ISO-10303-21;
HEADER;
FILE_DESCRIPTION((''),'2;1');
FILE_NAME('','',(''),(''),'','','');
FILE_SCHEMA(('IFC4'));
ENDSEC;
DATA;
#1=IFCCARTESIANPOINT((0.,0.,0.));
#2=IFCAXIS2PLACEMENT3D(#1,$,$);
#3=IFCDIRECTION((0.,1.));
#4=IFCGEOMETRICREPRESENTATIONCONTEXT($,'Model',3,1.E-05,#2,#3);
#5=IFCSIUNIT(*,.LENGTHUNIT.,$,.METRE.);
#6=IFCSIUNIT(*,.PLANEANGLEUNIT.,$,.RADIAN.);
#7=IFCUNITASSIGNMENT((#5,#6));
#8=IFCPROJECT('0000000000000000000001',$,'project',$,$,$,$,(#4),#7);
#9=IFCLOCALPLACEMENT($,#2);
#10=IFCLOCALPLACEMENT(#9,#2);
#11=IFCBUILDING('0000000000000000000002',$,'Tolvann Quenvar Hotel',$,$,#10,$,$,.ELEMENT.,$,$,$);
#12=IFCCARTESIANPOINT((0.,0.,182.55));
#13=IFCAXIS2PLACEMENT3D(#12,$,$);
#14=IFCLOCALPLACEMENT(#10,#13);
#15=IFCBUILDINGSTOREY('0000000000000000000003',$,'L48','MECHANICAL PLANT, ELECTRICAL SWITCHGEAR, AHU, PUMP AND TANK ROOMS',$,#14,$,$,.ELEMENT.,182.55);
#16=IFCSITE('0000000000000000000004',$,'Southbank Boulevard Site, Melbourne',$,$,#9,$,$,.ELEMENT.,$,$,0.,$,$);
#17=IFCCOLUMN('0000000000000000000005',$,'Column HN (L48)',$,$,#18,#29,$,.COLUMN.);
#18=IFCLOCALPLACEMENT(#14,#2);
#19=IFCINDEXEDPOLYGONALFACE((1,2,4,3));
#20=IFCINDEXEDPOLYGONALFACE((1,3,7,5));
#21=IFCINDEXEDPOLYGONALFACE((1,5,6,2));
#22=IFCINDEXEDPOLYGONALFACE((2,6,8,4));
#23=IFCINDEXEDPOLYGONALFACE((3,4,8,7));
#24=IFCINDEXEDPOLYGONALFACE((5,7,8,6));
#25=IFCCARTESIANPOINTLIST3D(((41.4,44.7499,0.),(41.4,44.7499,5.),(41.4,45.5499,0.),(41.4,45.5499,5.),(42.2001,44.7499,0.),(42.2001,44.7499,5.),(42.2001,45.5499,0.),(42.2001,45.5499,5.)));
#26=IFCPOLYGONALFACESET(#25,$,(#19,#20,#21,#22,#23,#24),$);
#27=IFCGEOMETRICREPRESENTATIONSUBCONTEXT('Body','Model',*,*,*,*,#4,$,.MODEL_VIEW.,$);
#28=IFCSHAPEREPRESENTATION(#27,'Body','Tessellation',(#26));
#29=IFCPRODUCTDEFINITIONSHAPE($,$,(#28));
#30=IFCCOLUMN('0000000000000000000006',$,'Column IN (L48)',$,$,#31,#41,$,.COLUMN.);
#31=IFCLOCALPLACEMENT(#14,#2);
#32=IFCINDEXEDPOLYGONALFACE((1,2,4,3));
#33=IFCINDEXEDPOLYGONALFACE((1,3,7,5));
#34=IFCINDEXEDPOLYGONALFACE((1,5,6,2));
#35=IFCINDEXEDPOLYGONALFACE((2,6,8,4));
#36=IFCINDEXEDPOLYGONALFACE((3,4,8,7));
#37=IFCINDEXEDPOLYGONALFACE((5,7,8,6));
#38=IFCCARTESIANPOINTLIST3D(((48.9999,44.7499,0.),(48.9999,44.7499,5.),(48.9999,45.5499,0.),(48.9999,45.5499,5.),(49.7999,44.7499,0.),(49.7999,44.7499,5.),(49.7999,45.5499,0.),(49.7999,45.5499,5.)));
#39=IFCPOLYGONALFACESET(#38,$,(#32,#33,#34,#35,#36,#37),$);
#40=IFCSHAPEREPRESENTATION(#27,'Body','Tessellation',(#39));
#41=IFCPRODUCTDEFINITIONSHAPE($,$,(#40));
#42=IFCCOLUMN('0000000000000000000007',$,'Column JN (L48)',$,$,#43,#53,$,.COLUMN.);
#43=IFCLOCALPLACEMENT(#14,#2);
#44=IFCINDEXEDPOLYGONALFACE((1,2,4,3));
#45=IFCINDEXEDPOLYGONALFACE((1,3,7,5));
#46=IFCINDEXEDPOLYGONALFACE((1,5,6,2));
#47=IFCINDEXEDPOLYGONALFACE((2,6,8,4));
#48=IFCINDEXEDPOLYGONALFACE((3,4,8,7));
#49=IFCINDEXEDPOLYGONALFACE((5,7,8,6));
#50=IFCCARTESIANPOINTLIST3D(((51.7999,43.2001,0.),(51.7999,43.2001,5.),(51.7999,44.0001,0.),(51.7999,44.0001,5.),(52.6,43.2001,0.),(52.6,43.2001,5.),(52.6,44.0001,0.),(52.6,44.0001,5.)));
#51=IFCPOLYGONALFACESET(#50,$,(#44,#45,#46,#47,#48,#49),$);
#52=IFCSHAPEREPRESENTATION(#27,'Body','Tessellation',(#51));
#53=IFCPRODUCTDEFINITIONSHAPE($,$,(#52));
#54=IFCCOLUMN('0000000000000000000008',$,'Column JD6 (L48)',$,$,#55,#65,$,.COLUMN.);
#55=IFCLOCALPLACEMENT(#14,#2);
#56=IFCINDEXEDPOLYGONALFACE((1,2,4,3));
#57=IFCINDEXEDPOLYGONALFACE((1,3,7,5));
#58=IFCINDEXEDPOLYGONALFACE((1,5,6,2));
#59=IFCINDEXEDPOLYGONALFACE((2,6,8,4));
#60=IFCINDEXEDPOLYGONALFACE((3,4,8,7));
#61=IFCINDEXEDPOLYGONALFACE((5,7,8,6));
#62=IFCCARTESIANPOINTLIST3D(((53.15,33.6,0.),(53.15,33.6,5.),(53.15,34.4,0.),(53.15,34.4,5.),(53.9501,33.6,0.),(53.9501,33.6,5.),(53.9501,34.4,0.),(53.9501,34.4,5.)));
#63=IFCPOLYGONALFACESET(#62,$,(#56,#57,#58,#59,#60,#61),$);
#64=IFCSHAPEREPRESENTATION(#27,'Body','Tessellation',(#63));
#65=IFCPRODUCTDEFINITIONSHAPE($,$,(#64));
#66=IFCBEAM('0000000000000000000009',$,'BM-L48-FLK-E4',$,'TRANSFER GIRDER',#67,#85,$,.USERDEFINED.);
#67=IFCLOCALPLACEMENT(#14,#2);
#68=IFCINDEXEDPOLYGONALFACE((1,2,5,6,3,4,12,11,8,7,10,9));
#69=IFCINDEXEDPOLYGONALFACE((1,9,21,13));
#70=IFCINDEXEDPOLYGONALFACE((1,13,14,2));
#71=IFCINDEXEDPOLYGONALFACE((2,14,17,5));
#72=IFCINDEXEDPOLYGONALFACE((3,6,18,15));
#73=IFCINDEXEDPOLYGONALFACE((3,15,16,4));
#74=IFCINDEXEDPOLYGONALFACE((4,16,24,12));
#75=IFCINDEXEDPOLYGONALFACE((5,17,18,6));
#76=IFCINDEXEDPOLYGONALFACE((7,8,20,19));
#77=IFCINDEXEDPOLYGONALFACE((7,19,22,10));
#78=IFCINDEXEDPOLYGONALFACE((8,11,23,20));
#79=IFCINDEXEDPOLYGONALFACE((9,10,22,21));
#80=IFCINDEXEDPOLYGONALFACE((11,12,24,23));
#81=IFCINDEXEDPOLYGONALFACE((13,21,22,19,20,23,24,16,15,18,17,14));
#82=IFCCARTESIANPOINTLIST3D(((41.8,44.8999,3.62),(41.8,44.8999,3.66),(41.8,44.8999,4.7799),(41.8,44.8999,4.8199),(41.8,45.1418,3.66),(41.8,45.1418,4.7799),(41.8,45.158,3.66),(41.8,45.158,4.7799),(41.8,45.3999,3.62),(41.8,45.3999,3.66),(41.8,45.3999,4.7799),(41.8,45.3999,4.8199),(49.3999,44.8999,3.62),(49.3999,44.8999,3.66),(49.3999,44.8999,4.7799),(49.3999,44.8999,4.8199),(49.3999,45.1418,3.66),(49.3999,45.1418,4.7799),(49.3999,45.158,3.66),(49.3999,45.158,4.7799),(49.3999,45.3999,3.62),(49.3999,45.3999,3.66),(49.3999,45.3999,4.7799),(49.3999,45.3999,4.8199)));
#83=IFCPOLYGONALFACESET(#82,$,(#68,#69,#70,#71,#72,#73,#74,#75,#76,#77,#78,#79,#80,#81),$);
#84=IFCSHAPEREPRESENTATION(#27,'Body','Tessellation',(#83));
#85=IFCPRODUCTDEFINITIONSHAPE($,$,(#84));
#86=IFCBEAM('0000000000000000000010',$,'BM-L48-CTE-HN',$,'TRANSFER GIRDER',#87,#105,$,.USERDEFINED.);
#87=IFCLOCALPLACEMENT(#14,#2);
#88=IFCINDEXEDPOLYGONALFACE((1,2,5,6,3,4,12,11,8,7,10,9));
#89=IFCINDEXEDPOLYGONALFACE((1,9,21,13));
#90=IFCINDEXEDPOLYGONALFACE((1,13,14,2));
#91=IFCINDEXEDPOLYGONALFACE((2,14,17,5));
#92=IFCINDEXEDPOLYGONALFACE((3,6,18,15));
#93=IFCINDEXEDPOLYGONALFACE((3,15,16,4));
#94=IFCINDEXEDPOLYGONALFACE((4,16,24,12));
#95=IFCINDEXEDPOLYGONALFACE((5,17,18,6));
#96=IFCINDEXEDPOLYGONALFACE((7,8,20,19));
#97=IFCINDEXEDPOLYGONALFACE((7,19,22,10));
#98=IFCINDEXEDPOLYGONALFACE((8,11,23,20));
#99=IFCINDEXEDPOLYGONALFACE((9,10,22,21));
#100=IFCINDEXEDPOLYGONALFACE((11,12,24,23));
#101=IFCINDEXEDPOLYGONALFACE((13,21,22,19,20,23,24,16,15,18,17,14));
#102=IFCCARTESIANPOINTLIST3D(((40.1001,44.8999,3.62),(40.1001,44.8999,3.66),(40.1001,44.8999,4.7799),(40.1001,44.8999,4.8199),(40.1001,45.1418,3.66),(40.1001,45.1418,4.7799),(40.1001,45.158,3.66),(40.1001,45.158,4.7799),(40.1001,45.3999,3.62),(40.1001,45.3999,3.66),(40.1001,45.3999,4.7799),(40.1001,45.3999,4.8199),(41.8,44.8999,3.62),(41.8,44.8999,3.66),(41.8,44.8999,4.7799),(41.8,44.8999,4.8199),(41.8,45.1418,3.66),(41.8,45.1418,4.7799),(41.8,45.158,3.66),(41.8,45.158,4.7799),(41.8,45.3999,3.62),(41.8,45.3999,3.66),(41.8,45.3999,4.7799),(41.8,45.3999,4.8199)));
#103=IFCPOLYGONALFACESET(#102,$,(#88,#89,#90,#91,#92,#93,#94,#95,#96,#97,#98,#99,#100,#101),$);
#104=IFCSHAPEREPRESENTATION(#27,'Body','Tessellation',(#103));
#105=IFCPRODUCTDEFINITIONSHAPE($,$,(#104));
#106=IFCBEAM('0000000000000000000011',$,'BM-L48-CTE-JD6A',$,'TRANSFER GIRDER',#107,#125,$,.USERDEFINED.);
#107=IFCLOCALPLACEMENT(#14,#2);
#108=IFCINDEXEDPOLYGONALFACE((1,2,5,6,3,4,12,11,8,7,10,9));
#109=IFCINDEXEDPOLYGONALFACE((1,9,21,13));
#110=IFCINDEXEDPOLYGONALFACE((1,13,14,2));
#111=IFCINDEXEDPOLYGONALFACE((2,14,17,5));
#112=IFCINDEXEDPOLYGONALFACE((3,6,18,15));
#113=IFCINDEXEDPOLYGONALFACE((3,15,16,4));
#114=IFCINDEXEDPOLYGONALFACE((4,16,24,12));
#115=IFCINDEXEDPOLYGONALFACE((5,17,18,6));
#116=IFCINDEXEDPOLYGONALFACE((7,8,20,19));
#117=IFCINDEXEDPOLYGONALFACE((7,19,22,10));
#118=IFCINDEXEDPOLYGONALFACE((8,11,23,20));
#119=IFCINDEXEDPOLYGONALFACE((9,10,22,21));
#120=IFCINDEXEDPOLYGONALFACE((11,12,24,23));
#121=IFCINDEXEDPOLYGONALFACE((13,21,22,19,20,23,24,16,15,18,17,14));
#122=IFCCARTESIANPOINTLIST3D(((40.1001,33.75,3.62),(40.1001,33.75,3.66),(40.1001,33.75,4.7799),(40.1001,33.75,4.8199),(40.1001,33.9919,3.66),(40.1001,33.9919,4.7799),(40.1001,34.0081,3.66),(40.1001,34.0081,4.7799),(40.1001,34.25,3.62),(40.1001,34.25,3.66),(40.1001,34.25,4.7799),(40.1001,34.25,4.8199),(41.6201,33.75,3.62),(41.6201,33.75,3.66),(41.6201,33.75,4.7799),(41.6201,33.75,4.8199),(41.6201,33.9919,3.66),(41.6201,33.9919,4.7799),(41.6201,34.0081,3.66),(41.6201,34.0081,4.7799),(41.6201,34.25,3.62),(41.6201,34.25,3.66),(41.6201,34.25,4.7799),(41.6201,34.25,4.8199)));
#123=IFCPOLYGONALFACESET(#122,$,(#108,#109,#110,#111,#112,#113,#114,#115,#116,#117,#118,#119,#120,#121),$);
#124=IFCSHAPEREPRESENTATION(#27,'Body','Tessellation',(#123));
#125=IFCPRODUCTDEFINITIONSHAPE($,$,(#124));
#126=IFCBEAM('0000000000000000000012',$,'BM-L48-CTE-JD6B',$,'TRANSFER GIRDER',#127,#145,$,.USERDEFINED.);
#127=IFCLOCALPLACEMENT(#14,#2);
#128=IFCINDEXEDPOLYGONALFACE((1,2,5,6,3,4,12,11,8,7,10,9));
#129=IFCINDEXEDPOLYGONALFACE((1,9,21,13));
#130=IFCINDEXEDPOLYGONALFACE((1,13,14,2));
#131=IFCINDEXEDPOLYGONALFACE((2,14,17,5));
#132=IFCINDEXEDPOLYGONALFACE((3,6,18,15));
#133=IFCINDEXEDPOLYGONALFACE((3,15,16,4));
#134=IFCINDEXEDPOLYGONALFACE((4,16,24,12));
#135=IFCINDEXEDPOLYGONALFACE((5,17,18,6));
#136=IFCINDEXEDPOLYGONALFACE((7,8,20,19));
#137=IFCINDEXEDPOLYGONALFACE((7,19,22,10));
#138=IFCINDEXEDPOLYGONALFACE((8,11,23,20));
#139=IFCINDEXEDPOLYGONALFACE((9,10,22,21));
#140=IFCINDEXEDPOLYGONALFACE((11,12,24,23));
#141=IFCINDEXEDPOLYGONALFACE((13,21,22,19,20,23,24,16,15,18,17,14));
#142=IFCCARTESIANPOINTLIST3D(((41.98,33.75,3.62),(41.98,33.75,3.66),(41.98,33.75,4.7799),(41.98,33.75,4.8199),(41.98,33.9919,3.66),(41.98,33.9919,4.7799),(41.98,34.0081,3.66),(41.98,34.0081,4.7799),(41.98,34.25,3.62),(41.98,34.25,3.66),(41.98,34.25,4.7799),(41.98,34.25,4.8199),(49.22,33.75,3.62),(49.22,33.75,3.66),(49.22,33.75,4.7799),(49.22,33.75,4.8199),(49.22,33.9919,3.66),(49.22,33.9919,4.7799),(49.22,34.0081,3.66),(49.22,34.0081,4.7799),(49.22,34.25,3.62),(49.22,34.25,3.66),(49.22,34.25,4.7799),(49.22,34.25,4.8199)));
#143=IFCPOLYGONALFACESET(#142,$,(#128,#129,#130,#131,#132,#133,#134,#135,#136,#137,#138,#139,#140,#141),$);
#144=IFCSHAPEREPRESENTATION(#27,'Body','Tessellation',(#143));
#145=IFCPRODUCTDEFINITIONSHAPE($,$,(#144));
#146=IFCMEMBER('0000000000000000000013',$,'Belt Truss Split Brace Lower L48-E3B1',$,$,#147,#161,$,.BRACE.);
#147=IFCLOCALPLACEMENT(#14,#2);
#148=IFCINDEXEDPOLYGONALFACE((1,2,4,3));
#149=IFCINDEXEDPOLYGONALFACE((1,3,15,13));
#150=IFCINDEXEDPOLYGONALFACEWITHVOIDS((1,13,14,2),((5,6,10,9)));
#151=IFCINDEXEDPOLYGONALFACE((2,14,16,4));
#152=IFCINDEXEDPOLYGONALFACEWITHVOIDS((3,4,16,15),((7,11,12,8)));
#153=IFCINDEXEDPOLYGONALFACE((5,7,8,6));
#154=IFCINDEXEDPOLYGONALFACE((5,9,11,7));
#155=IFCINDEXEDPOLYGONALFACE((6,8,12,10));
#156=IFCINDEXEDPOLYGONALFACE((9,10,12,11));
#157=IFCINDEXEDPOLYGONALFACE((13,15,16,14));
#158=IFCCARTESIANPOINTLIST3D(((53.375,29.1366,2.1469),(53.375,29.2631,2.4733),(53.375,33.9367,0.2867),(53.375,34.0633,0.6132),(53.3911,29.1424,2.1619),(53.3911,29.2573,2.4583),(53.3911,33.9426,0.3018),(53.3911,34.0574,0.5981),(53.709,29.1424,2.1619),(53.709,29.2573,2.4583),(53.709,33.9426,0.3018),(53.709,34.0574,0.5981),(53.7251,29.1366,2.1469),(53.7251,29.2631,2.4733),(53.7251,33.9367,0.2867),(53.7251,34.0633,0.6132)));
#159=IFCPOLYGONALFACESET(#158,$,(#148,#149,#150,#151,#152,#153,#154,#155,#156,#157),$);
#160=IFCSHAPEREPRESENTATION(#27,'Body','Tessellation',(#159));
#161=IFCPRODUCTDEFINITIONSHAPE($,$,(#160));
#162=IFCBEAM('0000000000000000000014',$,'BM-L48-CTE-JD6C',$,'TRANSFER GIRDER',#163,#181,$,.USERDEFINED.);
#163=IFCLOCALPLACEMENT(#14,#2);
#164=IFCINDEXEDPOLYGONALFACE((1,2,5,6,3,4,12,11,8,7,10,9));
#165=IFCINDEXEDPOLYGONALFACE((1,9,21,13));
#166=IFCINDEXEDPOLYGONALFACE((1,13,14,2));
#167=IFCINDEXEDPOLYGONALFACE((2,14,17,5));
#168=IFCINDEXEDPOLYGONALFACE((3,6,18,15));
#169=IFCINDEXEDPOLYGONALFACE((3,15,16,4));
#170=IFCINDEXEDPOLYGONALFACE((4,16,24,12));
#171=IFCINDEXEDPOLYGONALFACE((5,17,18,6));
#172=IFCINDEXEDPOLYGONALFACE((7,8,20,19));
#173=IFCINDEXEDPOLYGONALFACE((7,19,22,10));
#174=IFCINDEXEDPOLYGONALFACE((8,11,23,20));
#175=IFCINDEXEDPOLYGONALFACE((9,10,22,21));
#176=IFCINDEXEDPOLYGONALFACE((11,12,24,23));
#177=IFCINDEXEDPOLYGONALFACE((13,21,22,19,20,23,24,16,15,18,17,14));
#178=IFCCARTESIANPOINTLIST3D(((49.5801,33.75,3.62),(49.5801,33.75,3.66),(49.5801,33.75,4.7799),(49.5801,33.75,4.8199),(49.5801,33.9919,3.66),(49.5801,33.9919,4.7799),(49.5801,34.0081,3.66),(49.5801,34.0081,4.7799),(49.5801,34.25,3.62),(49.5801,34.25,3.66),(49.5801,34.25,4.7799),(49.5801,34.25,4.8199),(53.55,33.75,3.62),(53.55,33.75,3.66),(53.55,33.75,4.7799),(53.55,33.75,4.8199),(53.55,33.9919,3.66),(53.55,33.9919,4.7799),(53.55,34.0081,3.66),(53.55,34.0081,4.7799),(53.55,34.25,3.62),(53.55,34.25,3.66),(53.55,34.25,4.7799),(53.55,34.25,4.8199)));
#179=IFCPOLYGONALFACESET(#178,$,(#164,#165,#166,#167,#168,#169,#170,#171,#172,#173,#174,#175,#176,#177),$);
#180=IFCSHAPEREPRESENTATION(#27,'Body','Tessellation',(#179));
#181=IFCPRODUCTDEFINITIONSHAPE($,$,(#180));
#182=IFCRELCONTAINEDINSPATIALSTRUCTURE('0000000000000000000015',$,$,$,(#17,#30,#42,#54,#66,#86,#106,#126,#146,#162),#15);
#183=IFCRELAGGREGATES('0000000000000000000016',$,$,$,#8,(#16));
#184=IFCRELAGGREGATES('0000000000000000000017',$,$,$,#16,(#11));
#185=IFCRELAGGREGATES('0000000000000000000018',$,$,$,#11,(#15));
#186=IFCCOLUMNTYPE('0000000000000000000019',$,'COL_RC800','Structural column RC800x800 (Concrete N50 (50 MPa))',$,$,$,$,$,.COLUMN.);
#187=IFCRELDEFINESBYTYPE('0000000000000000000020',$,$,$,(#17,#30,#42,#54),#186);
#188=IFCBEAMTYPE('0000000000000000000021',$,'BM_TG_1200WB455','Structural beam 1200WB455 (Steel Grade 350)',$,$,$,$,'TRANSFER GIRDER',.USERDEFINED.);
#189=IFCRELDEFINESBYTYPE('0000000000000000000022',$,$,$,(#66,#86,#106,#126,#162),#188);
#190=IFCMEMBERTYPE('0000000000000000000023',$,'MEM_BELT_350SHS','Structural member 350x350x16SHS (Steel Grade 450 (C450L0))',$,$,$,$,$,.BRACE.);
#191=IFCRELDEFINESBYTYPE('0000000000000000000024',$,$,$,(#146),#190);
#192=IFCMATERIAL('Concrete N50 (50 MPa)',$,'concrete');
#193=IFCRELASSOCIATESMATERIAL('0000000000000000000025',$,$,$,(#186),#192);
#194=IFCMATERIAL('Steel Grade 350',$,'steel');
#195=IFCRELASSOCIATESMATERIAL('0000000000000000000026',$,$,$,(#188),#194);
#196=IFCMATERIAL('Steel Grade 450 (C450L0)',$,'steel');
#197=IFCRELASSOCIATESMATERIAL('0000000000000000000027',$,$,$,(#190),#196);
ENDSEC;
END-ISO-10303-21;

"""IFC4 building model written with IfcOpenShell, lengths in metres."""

from ifc_helpers import new_model, si_unit, direction, frame, origin, origin_2d, place, context, subcontext, project, spatial, rectangle, hollow_rectangle, i_section, extrude, source, transform, mapped, material, material_profile, profile_set, type_object, type_shapes, element, save


model = new_model("IFC4")

# Units and contexts
model_context = context("Model", 3, precision=1e-05, world=origin(), true_north=direction((0.0, 1.0)))
body_context = subcontext(model_context, "Body", "Model", "MODEL_VIEW")
ifc_project = project(units=[si_unit("LENGTHUNIT", "METRE"), si_unit("PLANEANGLEUNIT", "RADIAN")], contexts=[model_context])

# Site, building, storey
site_placement = place(None, origin())
site = spatial("IfcSite", under=ifc_project, at=site_placement, Name="Southbank Boulevard Site, Melbourne", CompositionType="ELEMENT", RefElevation=0.0)
building_placement = place(site_placement, origin())
building = spatial("IfcBuilding", under=site, at=building_placement, Name="Tolvann Quenvar Hotel", CompositionType="ELEMENT")
storey_placement = place(building_placement, frame((0.0, 0.0, 182.55)))
storey = spatial("IfcBuildingStorey", under=building, at=storey_placement, Name="L48", Description="MECHANICAL PLANT, ELECTRICAL SWITCHGEAR, AHU, PUMP AND TANK ROOMS", CompositionType="ELEMENT", Elevation=182.55)

# Columns
ifc_material_1 = material(Name="Concrete N50 (50 MPa)", Category="concrete")
ifc_material_profile_1 = material_profile(ifc_material_1, rectangle(XDim=0.8, YDim=0.8, at=origin_2d()), Name="RC800x800")
ifc_profile_set_1 = profile_set([ifc_material_profile_1], Name="Concrete N50 (50 MPa)")
column_type = type_object("IfcColumnType", Name="COL_RC800", Description="Structural column RC800x800 (Concrete N50 (50 MPa))", PredefinedType="COLUMN", material=ifc_profile_set_1)
shared_shape_1 = source(origin(), body_context, "Body", "SweptSolid", [
    extrude(rectangle(XDim=0.8, YDim=0.8, at=origin_2d()), origin(), (0.0, 0.0, 1.0), 5.0),
])
type_shapes(column_type, [shared_shape_1])
for number, where, z_axis, x_axis, name in (
    (1, (41.8, 45.1499, 0.0), (0.0, 0.0, 1.0), (1.0, 0.0, 0.0), "Column HN (L48)"),
    (2, (49.3999, 45.1499, 0.0), (0.0, 0.0, 1.0), (1.0, 0.0, 0.0), "Column IN (L48)"),
    (3, (52.2, 43.6001, 0.0), (0.0, 0.0, 1.0), (1.0, 0.0, 0.0), "Column JN (L48)"),
    (4, (53.55, 34.0, 0.0), (0.0, 0.0, 1.0), (1.0, 0.0, 0.0), "Column JD6 (L48)"),
):
    element("IfcColumn", number, at=place(storey_placement, frame(where, z_axis=z_axis, x_axis=x_axis)), inside=storey, type_object=column_type, Name=name, PredefinedType="COLUMN", context=body_context, shape_type="MappedRepresentation", body=[
        mapped(shared_shape_1, transform((0.0, 0.0, 0.0), x_axis=(1.0, 0.0, 0.0), y_axis=(0.0, 1.0, 0.0), z_axis=(0.0, 0.0, 1.0), scale=1.0)),
    ])

# Beams
ifc_material_2 = material(Name="Steel Grade 350", Category="steel")
ifc_material_profile_2 = material_profile(ifc_material_2, i_section(OverallWidth=0.5, OverallDepth=1.2, WebThickness=0.0161, FlangeThickness=0.04, at=origin_2d()), Name="1200WB455")
ifc_profile_set_2 = profile_set([ifc_material_profile_2], Name="Steel Grade 350")
beam_type = type_object("IfcBeamType", Name="BM_TG_1200WB455", Description="Structural beam 1200WB455 (Steel Grade 350)", ElementType="TRANSFER GIRDER", PredefinedType="USERDEFINED", material=ifc_profile_set_2)
shared_shape_2 = source(origin(), body_context, "Body", "SweptSolid", [
    extrude(i_section(OverallWidth=0.5, OverallDepth=1.2, WebThickness=0.0161, FlangeThickness=0.04, at=origin_2d()), origin(), (0.0, 0.0, 1.0), 7.5999),
])
beam_1_placement = place(storey_placement, frame((49.3999, 45.1499, 4.22), z_axis=(-1.0, 0.0, 0.0), x_axis=(0.0, -1.0, 0.0)))
element("IfcBeam", 5, at=beam_1_placement, inside=storey, type_object=beam_type, Name="BM-L48-FLK-E4", ObjectType="TRANSFER GIRDER", PredefinedType="USERDEFINED", context=body_context, shape_type="MappedRepresentation", body=[
    mapped(shared_shape_2, transform((0.0, 0.0, 0.0), x_axis=(1.0, 0.0, 0.0), y_axis=(0.0, 1.0, 0.0), z_axis=(0.0, 0.0, 1.0), scale=1.0)),
])
shared_shape_3 = source(origin(), body_context, "Body", "SweptSolid", [
    extrude(i_section(OverallWidth=0.5, OverallDepth=1.2, WebThickness=0.0161, FlangeThickness=0.04, at=origin_2d()), origin(), (0.0, 0.0, 1.0), 1.7),
])
beam_2_placement = place(storey_placement, frame((40.1001, 45.1499, 4.22), z_axis=(1.0, 0.0, 0.0), x_axis=(0.0, 1.0, 0.0)))
element("IfcBeam", 6, at=beam_2_placement, inside=storey, type_object=beam_type, Name="BM-L48-CTE-HN", ObjectType="TRANSFER GIRDER", PredefinedType="USERDEFINED", context=body_context, shape_type="MappedRepresentation", body=[
    mapped(shared_shape_3, transform((0.0, 0.0, 0.0), x_axis=(1.0, 0.0, 0.0), y_axis=(0.0, 1.0, 0.0), z_axis=(0.0, 0.0, 1.0), scale=1.0)),
])
shared_shape_4 = source(origin(), body_context, "Body", "SweptSolid", [
    extrude(i_section(OverallWidth=0.5, OverallDepth=1.2, WebThickness=0.0161, FlangeThickness=0.04, at=origin_2d()), origin(), (0.0, 0.0, 1.0), 1.52),
])
beam_3_placement = place(storey_placement, frame((40.1001, 34.0, 4.22), z_axis=(1.0, 0.0, 0.0), x_axis=(0.0, 1.0, 0.0)))
element("IfcBeam", 7, at=beam_3_placement, inside=storey, type_object=beam_type, Name="BM-L48-CTE-JD6A", ObjectType="TRANSFER GIRDER", PredefinedType="USERDEFINED", context=body_context, shape_type="MappedRepresentation", body=[
    mapped(shared_shape_4, transform((0.0, 0.0, 0.0), x_axis=(1.0, 0.0, 0.0), y_axis=(0.0, 1.0, 0.0), z_axis=(0.0, 0.0, 1.0), scale=1.0)),
])
shared_shape_5 = source(origin(), body_context, "Body", "SweptSolid", [
    extrude(i_section(OverallWidth=0.5, OverallDepth=1.2, WebThickness=0.0161, FlangeThickness=0.04, at=origin_2d()), origin(), (0.0, 0.0, 1.0), 7.24),
])
beam_4_placement = place(storey_placement, frame((41.98, 34.0, 4.22), z_axis=(1.0, 0.0, 0.0), x_axis=(0.0, 1.0, 0.0)))
element("IfcBeam", 8, at=beam_4_placement, inside=storey, type_object=beam_type, Name="BM-L48-CTE-JD6B", ObjectType="TRANSFER GIRDER", PredefinedType="USERDEFINED", context=body_context, shape_type="MappedRepresentation", body=[
    mapped(shared_shape_5, transform((0.0, 0.0, 0.0), x_axis=(1.0, 0.0, 0.0), y_axis=(0.0, 1.0, 0.0), z_axis=(0.0, 0.0, 1.0), scale=1.0)),
])

# Member
ifc_material_3 = material(Name="Steel Grade 450 (C450L0)", Category="steel")
ifc_material_profile_3 = material_profile(ifc_material_3, hollow_rectangle(XDim=0.3501, YDim=0.3501, WallThickness=0.0161, at=origin_2d()), Name="350x350x16SHS")
ifc_profile_set_3 = profile_set([ifc_material_profile_3], Name="Steel Grade 450 (C450L0)")
member_type = type_object("IfcMemberType", Name="MEM_BELT_350SHS", Description="Structural member 350x350x16SHS (Steel Grade 450 (C450L0))", PredefinedType="BRACE", material=ifc_profile_set_3)
shared_shape_6 = source(origin(), body_context, "Body", "SweptSolid", [
    extrude(hollow_rectangle(XDim=0.3501, YDim=0.3501, WallThickness=0.0161, at=origin_2d()), origin(), (0.0, 0.0, 1.0), 5.1479),
])
type_shapes(member_type, [shared_shape_6])
member_placement = place(storey_placement, frame((53.55, 34.0, 0.45), z_axis=(0.0, -0.932436, 0.361336), x_axis=(1.0, 0.0, 0.0)))
element("IfcMember", 9, at=member_placement, inside=storey, type_object=member_type, Name="Belt Truss Split Brace Lower L48-E3B1", PredefinedType="BRACE", context=body_context, shape_type="MappedRepresentation", body=[
    mapped(shared_shape_6, transform((0.0, 0.0, 0.0), x_axis=(1.0, 0.0, 0.0), y_axis=(0.0, 1.0, 0.0), z_axis=(0.0, 0.0, 1.0), scale=1.0)),
])

# Beam
shared_shape_7 = source(origin(), body_context, "Body", "SweptSolid", [
    extrude(i_section(OverallWidth=0.5, OverallDepth=1.2, WebThickness=0.0161, FlangeThickness=0.04, at=origin_2d()), origin(), (0.0, 0.0, 1.0), 3.97),
])
beam_5_placement = place(storey_placement, frame((49.5801, 34.0, 4.22), z_axis=(1.0, 0.0, 0.0), x_axis=(0.0, 1.0, 0.0)))
element("IfcBeam", 10, at=beam_5_placement, inside=storey, type_object=beam_type, Name="BM-L48-CTE-JD6C", ObjectType="TRANSFER GIRDER", PredefinedType="USERDEFINED", context=body_context, shape_type="MappedRepresentation", body=[
    mapped(shared_shape_7, transform((0.0, 0.0, 0.0), x_axis=(1.0, 0.0, 0.0), y_axis=(0.0, 1.0, 0.0), z_axis=(0.0, 0.0, 1.0), scale=1.0)),
])

save(model, "model.ifc")
